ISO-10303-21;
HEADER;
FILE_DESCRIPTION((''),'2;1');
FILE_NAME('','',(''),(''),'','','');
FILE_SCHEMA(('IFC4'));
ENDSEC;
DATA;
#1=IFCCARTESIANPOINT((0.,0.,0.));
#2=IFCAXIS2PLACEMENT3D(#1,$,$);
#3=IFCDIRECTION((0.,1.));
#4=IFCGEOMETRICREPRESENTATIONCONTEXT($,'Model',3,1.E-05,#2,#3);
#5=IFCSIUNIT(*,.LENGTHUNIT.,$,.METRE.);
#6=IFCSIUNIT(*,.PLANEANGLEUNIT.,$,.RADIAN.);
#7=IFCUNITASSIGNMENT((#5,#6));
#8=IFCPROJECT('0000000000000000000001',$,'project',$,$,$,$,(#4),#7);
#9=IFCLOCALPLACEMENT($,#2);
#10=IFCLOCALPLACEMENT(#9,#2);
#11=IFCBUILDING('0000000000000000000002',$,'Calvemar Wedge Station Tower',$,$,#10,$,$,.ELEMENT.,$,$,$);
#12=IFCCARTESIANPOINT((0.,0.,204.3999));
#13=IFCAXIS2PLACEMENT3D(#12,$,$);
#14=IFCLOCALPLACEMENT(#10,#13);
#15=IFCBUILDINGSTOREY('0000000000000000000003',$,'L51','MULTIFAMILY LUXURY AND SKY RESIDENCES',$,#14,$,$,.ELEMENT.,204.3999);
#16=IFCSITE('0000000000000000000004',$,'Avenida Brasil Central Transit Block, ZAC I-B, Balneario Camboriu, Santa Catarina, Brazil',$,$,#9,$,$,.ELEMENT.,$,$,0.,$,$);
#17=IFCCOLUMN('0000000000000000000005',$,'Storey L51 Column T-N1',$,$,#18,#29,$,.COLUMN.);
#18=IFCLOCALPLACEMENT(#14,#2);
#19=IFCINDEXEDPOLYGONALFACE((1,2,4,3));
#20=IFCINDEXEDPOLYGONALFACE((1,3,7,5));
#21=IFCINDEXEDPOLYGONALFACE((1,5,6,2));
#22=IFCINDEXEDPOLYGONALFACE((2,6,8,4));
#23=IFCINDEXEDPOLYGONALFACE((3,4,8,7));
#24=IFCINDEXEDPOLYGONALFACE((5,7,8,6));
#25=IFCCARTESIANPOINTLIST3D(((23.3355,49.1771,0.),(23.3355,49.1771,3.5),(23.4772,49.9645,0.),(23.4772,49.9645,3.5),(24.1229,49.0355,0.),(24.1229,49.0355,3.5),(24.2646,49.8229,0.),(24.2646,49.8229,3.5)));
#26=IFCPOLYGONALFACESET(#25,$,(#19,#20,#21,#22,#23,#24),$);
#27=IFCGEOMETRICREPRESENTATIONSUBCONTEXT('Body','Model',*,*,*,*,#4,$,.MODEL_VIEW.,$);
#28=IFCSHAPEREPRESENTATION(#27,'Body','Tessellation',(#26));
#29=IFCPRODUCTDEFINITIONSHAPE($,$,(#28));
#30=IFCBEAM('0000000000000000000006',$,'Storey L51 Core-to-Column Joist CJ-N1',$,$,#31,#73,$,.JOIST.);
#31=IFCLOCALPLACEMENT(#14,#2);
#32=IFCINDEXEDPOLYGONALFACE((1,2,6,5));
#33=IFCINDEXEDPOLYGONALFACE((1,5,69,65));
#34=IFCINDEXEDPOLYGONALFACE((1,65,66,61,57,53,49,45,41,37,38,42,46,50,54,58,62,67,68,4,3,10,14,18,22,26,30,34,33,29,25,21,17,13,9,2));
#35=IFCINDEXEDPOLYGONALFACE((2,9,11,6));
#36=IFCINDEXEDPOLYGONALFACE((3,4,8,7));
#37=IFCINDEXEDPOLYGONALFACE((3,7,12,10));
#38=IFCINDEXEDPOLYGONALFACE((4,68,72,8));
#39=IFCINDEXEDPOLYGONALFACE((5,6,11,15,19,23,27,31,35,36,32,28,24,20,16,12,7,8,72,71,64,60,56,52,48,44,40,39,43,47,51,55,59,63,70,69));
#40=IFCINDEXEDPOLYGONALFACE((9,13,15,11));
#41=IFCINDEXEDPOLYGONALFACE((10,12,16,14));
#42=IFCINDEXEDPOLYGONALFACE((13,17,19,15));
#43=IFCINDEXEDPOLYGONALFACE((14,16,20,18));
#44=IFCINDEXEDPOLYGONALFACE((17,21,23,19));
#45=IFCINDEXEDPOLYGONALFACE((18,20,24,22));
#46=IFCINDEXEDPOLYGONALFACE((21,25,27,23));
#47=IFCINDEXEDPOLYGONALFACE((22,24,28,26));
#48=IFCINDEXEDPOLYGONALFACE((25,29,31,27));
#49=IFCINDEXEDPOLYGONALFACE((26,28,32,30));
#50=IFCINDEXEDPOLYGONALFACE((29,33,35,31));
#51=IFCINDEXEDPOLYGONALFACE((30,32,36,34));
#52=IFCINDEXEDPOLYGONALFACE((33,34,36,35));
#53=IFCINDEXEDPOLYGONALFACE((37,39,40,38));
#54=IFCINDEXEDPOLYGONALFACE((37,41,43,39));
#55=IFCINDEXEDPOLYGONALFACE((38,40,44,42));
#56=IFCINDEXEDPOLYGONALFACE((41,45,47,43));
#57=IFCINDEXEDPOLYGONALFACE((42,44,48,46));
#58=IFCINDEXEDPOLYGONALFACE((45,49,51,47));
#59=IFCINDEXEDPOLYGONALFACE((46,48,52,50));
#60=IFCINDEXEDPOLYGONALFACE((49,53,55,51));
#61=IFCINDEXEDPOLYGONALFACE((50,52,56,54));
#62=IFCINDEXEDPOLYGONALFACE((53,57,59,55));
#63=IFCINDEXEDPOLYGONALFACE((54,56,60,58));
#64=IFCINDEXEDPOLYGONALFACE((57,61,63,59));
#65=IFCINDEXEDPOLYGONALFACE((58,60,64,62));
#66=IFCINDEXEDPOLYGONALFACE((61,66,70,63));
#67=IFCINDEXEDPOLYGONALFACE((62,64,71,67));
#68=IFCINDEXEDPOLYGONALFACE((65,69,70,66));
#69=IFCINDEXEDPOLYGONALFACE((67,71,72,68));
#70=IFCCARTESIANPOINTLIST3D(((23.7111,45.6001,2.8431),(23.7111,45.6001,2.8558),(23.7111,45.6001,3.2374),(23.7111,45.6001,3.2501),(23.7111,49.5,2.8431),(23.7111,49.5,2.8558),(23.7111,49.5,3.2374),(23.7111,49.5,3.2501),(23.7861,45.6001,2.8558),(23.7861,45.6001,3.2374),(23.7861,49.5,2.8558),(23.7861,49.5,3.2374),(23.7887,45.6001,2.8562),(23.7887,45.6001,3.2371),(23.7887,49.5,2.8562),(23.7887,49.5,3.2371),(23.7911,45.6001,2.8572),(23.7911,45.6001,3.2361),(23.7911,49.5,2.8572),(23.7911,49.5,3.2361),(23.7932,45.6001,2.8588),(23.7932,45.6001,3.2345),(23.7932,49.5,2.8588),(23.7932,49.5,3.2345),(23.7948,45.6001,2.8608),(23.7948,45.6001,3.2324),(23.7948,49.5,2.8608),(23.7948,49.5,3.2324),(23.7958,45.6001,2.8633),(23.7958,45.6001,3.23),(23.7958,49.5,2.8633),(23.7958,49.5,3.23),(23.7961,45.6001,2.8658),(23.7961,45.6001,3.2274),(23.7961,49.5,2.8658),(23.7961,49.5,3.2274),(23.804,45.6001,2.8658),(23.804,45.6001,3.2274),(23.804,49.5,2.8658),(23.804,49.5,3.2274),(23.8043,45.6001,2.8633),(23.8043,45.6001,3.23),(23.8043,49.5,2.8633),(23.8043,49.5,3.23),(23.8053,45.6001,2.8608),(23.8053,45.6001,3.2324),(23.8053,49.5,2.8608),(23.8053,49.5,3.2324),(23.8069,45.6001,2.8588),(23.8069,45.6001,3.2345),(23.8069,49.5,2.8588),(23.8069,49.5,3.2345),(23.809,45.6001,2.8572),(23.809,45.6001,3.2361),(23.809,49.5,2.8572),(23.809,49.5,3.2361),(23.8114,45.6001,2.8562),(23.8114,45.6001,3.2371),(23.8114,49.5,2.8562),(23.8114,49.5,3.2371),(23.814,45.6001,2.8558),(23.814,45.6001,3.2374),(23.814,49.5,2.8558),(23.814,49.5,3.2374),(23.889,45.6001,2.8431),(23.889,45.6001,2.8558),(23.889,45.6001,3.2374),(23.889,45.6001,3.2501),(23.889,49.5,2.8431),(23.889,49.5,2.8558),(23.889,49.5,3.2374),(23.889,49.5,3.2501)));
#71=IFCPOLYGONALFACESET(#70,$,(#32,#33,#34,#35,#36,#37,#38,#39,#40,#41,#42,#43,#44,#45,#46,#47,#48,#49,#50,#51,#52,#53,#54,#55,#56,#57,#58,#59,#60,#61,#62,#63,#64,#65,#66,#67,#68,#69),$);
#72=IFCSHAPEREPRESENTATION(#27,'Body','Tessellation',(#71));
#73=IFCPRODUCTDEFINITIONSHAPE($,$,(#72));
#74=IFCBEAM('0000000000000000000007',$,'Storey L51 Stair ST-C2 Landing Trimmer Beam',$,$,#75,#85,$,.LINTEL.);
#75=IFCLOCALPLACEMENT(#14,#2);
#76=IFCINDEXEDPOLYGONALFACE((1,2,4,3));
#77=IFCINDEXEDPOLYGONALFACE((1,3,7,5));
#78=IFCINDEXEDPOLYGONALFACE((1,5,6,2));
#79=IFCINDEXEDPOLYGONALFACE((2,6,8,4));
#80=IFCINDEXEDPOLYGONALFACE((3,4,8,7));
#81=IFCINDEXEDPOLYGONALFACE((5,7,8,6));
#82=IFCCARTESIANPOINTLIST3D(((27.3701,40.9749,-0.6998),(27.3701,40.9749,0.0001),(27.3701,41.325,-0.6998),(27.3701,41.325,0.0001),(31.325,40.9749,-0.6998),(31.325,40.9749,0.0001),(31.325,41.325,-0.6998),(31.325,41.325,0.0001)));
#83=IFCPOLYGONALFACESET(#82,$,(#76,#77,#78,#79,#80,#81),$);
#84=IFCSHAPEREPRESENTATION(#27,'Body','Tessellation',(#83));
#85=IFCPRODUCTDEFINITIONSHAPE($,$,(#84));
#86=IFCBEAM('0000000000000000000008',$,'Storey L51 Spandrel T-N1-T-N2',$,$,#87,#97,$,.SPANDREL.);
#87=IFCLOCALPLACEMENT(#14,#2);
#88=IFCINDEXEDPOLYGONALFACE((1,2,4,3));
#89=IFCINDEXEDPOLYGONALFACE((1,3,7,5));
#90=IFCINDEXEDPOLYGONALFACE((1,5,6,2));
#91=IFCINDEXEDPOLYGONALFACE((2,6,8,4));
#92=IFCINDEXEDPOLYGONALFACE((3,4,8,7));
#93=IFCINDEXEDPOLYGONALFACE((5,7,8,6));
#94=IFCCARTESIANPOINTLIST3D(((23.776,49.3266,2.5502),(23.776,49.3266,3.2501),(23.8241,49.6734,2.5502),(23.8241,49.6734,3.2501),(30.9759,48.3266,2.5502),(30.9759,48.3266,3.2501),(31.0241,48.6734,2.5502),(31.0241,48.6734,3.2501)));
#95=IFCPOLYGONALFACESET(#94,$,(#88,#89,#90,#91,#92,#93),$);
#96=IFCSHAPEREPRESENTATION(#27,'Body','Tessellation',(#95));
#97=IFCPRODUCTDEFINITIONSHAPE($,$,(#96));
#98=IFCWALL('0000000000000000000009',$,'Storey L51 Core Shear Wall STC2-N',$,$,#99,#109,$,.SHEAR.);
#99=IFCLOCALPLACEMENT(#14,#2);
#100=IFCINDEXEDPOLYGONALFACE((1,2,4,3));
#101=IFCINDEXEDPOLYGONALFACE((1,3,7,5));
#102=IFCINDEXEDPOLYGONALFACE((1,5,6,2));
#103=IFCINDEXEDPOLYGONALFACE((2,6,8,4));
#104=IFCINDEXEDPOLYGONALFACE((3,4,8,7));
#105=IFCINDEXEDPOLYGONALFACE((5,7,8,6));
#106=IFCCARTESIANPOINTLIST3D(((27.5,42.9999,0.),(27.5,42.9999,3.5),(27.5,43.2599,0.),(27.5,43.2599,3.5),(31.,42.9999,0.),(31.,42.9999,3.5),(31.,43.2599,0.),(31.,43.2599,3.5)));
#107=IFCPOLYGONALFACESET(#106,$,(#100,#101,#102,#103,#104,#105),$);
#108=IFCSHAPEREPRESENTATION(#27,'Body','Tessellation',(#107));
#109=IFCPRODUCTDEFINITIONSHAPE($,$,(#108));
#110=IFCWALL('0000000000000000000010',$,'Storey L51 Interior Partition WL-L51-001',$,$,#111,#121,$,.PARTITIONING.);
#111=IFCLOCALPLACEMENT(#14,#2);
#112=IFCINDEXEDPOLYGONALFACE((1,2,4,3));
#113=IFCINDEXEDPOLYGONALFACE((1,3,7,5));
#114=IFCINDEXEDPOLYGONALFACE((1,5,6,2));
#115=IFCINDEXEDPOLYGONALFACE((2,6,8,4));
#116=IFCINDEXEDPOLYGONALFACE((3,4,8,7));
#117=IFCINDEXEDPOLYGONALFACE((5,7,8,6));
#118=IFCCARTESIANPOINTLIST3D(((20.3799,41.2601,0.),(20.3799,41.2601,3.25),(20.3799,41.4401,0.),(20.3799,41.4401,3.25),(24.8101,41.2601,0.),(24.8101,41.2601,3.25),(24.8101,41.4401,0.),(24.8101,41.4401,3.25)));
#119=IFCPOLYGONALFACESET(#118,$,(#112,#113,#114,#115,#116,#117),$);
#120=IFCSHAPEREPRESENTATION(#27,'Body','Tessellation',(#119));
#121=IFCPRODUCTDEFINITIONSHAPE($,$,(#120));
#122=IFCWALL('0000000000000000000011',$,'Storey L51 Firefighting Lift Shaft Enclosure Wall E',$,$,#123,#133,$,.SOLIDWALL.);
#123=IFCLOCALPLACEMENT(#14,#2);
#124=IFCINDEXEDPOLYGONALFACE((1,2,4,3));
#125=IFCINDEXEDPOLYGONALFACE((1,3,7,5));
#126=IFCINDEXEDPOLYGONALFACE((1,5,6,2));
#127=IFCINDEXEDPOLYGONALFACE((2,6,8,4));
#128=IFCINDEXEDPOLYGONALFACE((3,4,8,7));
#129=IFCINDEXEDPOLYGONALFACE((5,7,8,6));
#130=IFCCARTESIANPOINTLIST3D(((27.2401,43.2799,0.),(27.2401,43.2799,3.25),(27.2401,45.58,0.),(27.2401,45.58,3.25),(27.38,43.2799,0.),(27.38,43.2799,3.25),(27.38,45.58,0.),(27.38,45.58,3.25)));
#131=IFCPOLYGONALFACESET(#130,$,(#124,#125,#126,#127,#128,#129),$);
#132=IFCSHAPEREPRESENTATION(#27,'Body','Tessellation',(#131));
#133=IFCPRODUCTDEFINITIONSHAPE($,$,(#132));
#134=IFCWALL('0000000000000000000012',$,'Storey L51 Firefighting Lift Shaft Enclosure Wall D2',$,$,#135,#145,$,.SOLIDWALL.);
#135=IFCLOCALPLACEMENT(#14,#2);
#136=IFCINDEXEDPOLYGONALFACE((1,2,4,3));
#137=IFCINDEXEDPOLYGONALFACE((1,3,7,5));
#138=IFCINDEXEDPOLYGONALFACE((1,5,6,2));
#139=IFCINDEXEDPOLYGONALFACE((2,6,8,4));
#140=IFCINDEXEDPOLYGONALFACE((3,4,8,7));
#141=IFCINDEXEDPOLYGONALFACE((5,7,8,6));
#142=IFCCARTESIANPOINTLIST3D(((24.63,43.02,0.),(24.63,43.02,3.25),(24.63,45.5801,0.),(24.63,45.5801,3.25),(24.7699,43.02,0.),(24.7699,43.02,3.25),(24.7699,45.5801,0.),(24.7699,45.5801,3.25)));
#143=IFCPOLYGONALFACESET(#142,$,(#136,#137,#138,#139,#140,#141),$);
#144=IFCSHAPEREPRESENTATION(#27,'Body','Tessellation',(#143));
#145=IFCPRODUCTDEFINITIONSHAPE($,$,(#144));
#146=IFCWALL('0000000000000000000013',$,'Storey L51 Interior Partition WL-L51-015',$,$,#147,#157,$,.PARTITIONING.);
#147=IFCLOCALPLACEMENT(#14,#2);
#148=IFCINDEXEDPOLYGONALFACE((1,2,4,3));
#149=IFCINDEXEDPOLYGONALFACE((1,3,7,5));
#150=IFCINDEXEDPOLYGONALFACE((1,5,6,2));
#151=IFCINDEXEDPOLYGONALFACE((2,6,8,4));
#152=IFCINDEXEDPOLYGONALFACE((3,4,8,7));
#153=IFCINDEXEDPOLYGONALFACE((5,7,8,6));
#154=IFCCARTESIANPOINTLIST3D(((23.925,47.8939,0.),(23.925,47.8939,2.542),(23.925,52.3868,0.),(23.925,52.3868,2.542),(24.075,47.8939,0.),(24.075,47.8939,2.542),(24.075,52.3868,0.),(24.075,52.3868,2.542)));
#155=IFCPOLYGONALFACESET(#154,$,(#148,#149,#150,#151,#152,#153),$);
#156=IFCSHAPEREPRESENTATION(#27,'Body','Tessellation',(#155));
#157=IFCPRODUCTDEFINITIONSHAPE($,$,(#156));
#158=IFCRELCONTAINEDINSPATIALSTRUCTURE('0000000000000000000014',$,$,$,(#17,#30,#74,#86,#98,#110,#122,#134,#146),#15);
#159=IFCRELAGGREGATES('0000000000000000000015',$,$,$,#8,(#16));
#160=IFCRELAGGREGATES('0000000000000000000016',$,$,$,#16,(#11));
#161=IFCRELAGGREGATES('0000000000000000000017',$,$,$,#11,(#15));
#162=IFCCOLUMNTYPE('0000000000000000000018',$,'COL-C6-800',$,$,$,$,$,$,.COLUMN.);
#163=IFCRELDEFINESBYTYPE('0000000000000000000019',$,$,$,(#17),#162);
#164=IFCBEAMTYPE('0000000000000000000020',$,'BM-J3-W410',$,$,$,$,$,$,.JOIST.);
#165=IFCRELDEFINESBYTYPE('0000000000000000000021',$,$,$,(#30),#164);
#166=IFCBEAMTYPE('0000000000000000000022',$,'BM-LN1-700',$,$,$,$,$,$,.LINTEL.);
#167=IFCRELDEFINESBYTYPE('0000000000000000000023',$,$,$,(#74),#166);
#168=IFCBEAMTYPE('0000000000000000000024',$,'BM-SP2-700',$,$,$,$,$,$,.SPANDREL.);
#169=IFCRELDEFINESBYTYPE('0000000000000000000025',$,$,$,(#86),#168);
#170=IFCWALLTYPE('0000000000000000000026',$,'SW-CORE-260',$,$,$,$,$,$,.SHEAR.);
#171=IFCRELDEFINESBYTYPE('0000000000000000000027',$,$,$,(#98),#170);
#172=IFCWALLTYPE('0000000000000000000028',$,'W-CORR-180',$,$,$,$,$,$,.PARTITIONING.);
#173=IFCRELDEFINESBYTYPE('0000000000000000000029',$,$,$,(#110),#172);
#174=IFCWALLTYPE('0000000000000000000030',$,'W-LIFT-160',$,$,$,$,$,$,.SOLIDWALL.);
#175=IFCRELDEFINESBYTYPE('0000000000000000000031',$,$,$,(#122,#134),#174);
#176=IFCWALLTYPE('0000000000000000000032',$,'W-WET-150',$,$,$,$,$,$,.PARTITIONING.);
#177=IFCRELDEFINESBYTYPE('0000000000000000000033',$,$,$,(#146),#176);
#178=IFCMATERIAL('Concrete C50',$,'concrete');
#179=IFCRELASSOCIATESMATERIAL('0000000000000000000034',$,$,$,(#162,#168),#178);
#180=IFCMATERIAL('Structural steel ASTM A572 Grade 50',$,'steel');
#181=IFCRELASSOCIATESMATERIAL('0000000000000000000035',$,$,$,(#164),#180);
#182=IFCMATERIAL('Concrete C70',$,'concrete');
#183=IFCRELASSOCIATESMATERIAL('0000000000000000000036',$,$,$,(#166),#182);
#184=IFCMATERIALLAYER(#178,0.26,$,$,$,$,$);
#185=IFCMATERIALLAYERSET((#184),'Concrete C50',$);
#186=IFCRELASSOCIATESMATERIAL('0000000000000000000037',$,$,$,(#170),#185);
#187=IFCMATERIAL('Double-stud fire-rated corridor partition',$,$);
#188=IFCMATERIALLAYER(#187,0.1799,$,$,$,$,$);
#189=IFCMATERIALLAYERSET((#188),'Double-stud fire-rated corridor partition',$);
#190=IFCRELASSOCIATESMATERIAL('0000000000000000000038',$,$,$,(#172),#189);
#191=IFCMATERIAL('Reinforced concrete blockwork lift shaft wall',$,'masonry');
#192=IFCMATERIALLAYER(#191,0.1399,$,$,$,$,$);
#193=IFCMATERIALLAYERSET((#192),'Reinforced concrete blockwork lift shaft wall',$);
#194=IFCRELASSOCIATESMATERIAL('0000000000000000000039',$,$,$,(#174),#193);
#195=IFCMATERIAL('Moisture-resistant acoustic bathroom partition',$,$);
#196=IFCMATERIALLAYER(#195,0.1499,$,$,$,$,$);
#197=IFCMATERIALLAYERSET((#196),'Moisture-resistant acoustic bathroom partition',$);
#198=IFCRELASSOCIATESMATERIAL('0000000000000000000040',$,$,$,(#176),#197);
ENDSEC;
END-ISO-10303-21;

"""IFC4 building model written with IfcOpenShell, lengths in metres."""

from ifc_helpers import new_model, si_unit, direction, frame, frame_2d, origin, origin_2d, place, context, subcontext, project, spatial, rectangle, i_section, extrude, source, transform, mapped, material, layer, layer_set, material_profile, profile_set, type_object, element, save


model = new_model("IFC4")

# Units and contexts
model_context = context("Model", 3, precision=1e-05, world=origin(), true_north=direction((0.0, 1.0)))
body_context = subcontext(model_context, "Body", "Model", "MODEL_VIEW")
ifc_project = project(units=[si_unit("LENGTHUNIT", "METRE"), si_unit("PLANEANGLEUNIT", "RADIAN")], contexts=[model_context])

# Site, building, storey
site_placement = place(None, origin())
site = spatial("IfcSite", under=ifc_project, at=site_placement, Name="Avenida Brasil Central Transit Block, ZAC I-B, Balneario Camboriu, Santa Catarina, Brazil", CompositionType="ELEMENT", RefElevation=0.0)
building_placement = place(site_placement, origin())
building = spatial("IfcBuilding", under=site, at=building_placement, Name="Calvemar Wedge Station Tower", CompositionType="ELEMENT")
storey_placement = place(building_placement, frame((0.0, 0.0, 204.3999)))
storey = spatial("IfcBuildingStorey", under=building, at=storey_placement, Name="L51", Description="MULTIFAMILY LUXURY AND SKY RESIDENCES", CompositionType="ELEMENT", Elevation=204.3999)

# Column
ifc_material_1 = material(Name="Concrete C50", Category="concrete")
ifc_material_profile_1 = material_profile(ifc_material_1, rectangle(XDim=0.8, YDim=0.8, at=origin_2d()), Name="RC800x800")
ifc_profile_set_1 = profile_set([ifc_material_profile_1], Name="Concrete C50")
column_type = type_object("IfcColumnType", Name="COL-C6-800", PredefinedType="COLUMN", material=ifc_profile_set_1)
shared_shape_1 = source(origin(), body_context, "Body", "SweptSolid", [
    extrude(rectangle(XDim=0.8, YDim=0.8, at=origin_2d()), origin(), (0.0, 0.0, 1.0), 3.5),
])
column_placement = place(storey_placement, frame((23.8, 49.5, 0.0), z_axis=(0.0, 0.0, 1.0), x_axis=(0.984196, -0.177085, 0.0)))
element("IfcColumn", 1, at=column_placement, inside=storey, type_object=column_type, Name="Storey L51 Column T-N1", PredefinedType="COLUMN", context=body_context, shape_type="MappedRepresentation", body=[
    mapped(shared_shape_1, transform((0.0, 0.0, 0.0), scale=1.0)),
])

# Beams
ifc_material_2 = material(Name="Structural steel ASTM A572 Grade 50", Category="steel")
ifc_material_profile_2 = material_profile(ifc_material_2, i_section(OverallWidth=0.178, OverallDepth=0.407, WebThickness=0.0078, FlangeThickness=0.0127, FilletRadius=0.01, at=origin_2d()), Name="W410x60")
ifc_profile_set_2 = profile_set([ifc_material_profile_2], Name="Structural steel ASTM A572 Grade 50")
beam_type_1 = type_object("IfcBeamType", Name="BM-J3-W410", PredefinedType="JOIST", material=ifc_profile_set_2)
shared_shape_2 = source(origin(), body_context, "Body", "SweptSolid", [
    extrude(i_section(OverallWidth=0.178, OverallDepth=0.407, WebThickness=0.0078, FlangeThickness=0.0127, FilletRadius=0.01, at=origin_2d()), origin(), (0.0, 0.0, 1.0), 3.8999),
])
beam_1_placement = place(storey_placement, frame((23.8, 45.6001, 3.0466), z_axis=(0.0, 1.0, 0.0), x_axis=(-1.0, 0.0, 0.0)))
element("IfcBeam", 2, at=beam_1_placement, inside=storey, type_object=beam_type_1, Name="Storey L51 Core-to-Column Joist CJ-N1", PredefinedType="JOIST", context=body_context, shape_type="MappedRepresentation", body=[
    mapped(shared_shape_2, transform((0.0, 0.0, 0.0), scale=1.0)),
])
ifc_material_3 = material(Name="Concrete C70", Category="concrete")
ifc_material_profile_3 = material_profile(ifc_material_3, rectangle(XDim=0.3501, YDim=0.7, at=origin_2d()), Name="RC350x700")
ifc_profile_set_3 = profile_set([ifc_material_profile_3], Name="Concrete C70")
beam_type_2 = type_object("IfcBeamType", Name="BM-LN1-700", PredefinedType="LINTEL", material=ifc_profile_set_3)
shared_shape_3 = source(origin(), body_context, "Body", "SweptSolid", [
    extrude(rectangle(XDim=0.3501, YDim=0.7, at=origin_2d()), origin(), (0.0, 0.0, 1.0), 3.9548),
])
beam_2_placement = place(storey_placement, frame((27.3701, 41.1499, -0.3499), z_axis=(1.0, 0.0, 0.0), x_axis=(0.0, 1.0, 0.0)))
element("IfcBeam", 3, at=beam_2_placement, inside=storey, type_object=beam_type_2, Name="Storey L51 Stair ST-C2 Landing Trimmer Beam", PredefinedType="LINTEL", context=body_context, shape_type="MappedRepresentation", body=[
    mapped(shared_shape_3, transform((0.0, 0.0, 0.0), scale=1.0)),
])
ifc_material_profile_4 = material_profile(ifc_material_1, rectangle(XDim=0.3501, YDim=0.7, at=origin_2d()), Name="RC350x700")
ifc_profile_set_4 = profile_set([ifc_material_profile_4], Name="Concrete C50")
beam_type_3 = type_object("IfcBeamType", Name="BM-SP2-700", PredefinedType="SPANDREL", material=ifc_profile_set_4)
shared_shape_4 = source(origin(), body_context, "Body", "SweptSolid", [
    extrude(rectangle(XDim=0.3501, YDim=0.7, at=origin_2d()), origin(), (0.0, 0.0, 1.0), 7.269),
])
beam_3_placement = place(storey_placement, frame((23.8, 49.5, 2.9001), z_axis=(0.990492, -0.137569, 0.0), x_axis=(0.137569, 0.990492, 0.0)))
element("IfcBeam", 4, at=beam_3_placement, inside=storey, type_object=beam_type_3, Name="Storey L51 Spandrel T-N1-T-N2", PredefinedType="SPANDREL", context=body_context, shape_type="MappedRepresentation", body=[
    mapped(shared_shape_4, transform((0.0, 0.0, 0.0), scale=1.0)),
])

# Walls
ifc_layer_1 = layer(ifc_material_1, 0.26)
ifc_layer_set_1 = layer_set([ifc_layer_1], Name="Concrete C50")
wall_type_1 = type_object("IfcWallType", Name="SW-CORE-260", PredefinedType="SHEAR", material=ifc_layer_set_1)
wall_1_placement = place(storey_placement, frame((27.5, 43.1299, 0.0), z_axis=(0.0, 0.0, 1.0), x_axis=(1.0, 0.0, 0.0)))
element("IfcWall", 5, at=wall_1_placement, inside=storey, type_object=wall_type_1, Name="Storey L51 Core Shear Wall STC2-N", PredefinedType="SHEAR", context=body_context, shape_type="SweptSolid", body=[
    extrude(rectangle(XDim=3.5, YDim=0.26, at=frame_2d((1.75, 0.0))), origin(), (0.0, 0.0, 1.0), 3.5),
])
ifc_material_4 = material(Name="Double-stud fire-rated corridor partition")
ifc_layer_2 = layer(ifc_material_4, 0.1799)
ifc_layer_set_2 = layer_set([ifc_layer_2], Name="Double-stud fire-rated corridor partition")
wall_type_2 = type_object("IfcWallType", Name="W-CORR-180", PredefinedType="PARTITIONING", material=ifc_layer_set_2)
wall_2_placement = place(storey_placement, frame((24.8101, 41.3501, 0.0), z_axis=(0.0, 0.0, 1.0), x_axis=(-1.0, 0.0, 0.0)))
element("IfcWall", 6, at=wall_2_placement, inside=storey, type_object=wall_type_2, Name="Storey L51 Interior Partition WL-L51-001", PredefinedType="PARTITIONING", context=body_context, shape_type="SweptSolid", body=[
    extrude(rectangle(XDim=4.4302, YDim=0.1799, at=frame_2d((2.2151, 0.0))), origin(), (0.0, 0.0, 1.0), 3.25),
])

# Walls
ifc_material_5 = material(Name="Reinforced concrete blockwork lift shaft wall", Category="masonry")
ifc_layer_3 = layer(ifc_material_5, 0.1399)
ifc_layer_set_3 = layer_set([ifc_layer_3], Name="Reinforced concrete blockwork lift shaft wall")
wall_type_3 = type_object("IfcWallType", Name="W-LIFT-160", PredefinedType="SOLIDWALL", material=ifc_layer_set_3)
wall_3_placement = place(storey_placement, frame((27.3101, 43.28, 0.0), z_axis=(0.0, 0.0, 1.0), x_axis=(0.0, 1.0, 0.0)))
element("IfcWall", 7, at=wall_3_placement, inside=storey, type_object=wall_type_3, Name="Storey L51 Firefighting Lift Shaft Enclosure Wall E", PredefinedType="SOLIDWALL", context=body_context, shape_type="SweptSolid", body=[
    extrude(rectangle(XDim=2.3, YDim=0.1399, at=frame_2d((1.1499, 0.0))), origin(), (0.0, 0.0, 1.0), 3.25),
])
wall_4_placement = place(storey_placement, frame((24.7, 43.02, 0.0), z_axis=(0.0, 0.0, 1.0), x_axis=(0.0, 1.0, 0.0)))
element("IfcWall", 8, at=wall_4_placement, inside=storey, type_object=wall_type_3, Name="Storey L51 Firefighting Lift Shaft Enclosure Wall D2", PredefinedType="SOLIDWALL", context=body_context, shape_type="SweptSolid", body=[
    extrude(rectangle(XDim=2.5601, YDim=0.1399, at=frame_2d((1.28, 0.0))), origin(), (0.0, 0.0, 1.0), 3.25),
])
ifc_material_6 = material(Name="Moisture-resistant acoustic bathroom partition")
ifc_layer_4 = layer(ifc_material_6, 0.1499)
ifc_layer_set_4 = layer_set([ifc_layer_4], Name="Moisture-resistant acoustic bathroom partition")
wall_type_4 = type_object("IfcWallType", Name="W-WET-150", PredefinedType="PARTITIONING", material=ifc_layer_set_4)
wall_5_placement = place(storey_placement, frame((24.0, 52.387, 0.0), z_axis=(0.0, 0.0, 1.0), x_axis=(0.0, -1.0, 0.0)))
element("IfcWall", 9, at=wall_5_placement, inside=storey, type_object=wall_type_4, Name="Storey L51 Interior Partition WL-L51-015", PredefinedType="PARTITIONING", context=body_context, shape_type="SweptSolid", body=[
    extrude(rectangle(XDim=4.4929, YDim=0.1499, at=frame_2d((2.2466, 0.0))), origin(), (0.0, 0.0, 1.0), 2.542),
])

save(model, "model.ifc")
